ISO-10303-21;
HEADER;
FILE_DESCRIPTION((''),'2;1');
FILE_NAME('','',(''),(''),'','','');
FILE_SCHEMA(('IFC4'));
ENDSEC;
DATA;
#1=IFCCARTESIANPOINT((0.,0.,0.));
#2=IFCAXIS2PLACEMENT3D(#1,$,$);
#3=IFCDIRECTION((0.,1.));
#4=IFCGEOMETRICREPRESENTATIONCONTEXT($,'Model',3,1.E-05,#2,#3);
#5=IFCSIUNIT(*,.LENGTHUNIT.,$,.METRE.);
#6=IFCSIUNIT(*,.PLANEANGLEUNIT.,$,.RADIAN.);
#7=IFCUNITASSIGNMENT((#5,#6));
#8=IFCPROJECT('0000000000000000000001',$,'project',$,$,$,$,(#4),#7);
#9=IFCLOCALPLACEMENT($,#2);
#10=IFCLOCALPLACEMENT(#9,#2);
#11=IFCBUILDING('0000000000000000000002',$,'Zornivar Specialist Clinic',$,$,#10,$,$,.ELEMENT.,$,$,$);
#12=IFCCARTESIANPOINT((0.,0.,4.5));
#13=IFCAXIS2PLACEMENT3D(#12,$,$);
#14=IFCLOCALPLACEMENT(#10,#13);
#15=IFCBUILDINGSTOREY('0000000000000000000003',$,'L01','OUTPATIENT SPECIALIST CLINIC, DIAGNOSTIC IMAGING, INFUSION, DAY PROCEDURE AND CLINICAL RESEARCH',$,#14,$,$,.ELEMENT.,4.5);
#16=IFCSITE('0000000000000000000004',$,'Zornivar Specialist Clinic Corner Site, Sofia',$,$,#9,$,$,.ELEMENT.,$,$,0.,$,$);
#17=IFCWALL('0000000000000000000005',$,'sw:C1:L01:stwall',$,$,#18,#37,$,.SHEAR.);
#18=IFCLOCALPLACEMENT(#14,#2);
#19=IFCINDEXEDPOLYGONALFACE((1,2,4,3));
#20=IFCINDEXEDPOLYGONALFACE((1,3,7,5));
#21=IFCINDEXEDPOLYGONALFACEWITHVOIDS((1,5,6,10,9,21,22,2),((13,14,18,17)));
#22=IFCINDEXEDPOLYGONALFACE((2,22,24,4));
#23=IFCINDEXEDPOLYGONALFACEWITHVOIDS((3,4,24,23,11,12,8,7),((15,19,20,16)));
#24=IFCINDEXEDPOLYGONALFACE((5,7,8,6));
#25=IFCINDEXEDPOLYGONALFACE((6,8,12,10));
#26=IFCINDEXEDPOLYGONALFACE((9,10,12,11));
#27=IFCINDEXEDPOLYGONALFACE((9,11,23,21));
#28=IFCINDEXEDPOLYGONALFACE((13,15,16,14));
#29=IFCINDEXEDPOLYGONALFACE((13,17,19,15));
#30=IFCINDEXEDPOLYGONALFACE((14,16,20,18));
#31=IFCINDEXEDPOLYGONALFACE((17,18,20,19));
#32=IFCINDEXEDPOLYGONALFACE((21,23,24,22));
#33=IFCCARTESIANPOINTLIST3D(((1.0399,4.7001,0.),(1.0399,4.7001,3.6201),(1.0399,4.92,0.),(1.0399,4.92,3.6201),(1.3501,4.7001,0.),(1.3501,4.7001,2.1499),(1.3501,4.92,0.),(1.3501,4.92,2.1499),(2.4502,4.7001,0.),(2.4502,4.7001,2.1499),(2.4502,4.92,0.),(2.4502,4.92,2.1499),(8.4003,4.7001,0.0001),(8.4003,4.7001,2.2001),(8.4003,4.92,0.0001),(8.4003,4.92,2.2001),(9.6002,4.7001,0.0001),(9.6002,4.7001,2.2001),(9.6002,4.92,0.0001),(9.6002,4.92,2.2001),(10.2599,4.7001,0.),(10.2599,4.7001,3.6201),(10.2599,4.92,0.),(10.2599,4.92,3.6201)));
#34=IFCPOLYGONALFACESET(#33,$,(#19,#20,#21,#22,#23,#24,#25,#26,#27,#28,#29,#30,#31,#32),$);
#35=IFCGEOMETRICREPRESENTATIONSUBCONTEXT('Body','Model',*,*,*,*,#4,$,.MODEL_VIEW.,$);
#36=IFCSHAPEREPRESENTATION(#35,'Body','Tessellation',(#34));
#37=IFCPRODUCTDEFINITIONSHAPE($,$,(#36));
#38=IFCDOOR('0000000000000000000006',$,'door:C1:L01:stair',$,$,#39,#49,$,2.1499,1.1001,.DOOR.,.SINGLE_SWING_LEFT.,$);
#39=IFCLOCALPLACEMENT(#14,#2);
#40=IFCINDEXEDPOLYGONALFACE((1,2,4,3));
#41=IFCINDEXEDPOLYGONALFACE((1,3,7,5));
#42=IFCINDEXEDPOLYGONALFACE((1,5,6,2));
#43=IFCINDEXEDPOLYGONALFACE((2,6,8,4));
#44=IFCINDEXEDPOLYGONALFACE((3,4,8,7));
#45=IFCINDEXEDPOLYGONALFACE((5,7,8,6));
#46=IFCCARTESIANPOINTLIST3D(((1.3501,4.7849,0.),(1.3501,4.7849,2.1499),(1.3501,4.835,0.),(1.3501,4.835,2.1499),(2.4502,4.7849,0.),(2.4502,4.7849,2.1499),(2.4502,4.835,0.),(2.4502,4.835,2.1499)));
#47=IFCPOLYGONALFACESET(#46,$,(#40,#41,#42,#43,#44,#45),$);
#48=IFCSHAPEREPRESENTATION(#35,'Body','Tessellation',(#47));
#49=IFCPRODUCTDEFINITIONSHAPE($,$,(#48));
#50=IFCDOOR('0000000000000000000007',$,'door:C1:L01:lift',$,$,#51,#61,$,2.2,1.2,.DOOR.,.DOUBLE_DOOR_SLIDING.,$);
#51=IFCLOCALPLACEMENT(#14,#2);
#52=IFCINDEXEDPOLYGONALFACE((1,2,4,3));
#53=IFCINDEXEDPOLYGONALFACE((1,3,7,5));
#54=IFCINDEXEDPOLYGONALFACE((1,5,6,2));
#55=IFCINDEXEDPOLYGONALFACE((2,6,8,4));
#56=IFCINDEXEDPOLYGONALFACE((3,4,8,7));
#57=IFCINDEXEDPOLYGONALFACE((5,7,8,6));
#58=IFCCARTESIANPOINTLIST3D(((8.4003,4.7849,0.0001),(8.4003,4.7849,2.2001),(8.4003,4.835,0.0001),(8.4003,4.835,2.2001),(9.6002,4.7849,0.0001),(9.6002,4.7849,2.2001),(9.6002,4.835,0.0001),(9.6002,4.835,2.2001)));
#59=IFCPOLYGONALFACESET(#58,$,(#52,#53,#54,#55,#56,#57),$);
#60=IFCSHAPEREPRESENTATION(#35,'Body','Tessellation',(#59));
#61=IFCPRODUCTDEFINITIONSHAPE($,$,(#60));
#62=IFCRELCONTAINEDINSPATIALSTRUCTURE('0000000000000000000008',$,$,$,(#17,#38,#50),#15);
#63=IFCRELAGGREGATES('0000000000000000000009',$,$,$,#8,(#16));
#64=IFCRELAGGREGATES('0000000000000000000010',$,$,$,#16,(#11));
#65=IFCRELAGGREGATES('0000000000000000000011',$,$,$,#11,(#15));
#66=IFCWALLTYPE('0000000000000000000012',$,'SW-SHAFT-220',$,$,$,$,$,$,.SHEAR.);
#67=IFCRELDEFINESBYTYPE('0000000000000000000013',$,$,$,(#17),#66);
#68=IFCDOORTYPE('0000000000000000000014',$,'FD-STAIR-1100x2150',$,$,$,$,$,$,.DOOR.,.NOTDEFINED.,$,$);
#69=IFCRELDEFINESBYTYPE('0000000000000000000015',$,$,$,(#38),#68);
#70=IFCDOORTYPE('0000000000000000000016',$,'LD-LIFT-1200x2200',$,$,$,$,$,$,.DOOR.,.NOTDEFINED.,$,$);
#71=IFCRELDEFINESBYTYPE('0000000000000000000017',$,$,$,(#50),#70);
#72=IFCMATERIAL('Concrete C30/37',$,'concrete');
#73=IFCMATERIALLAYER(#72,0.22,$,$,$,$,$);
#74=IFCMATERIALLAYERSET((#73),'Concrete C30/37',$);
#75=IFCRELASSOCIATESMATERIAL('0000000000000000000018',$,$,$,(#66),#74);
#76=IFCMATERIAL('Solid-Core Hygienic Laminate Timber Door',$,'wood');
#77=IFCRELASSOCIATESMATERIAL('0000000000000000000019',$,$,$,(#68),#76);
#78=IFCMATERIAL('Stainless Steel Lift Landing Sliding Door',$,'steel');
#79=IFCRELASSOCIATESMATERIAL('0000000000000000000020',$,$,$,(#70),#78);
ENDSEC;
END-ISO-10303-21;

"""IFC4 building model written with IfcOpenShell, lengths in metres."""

from ifc_helpers import new_model, si_unit, direction, frame, frame_2d, origin, place, context, subcontext, project, spatial, rectangle, extrude, material, layer, layer_set, type_object, element, fill, save


model = new_model("IFC4")

# Units and contexts
model_context = context("Model", 3, precision=1e-05, world=origin(), true_north=direction((0.0, 1.0)))
body_context = subcontext(model_context, "Body", "Model", "MODEL_VIEW")
ifc_project = project(units=[si_unit("LENGTHUNIT", "METRE"), si_unit("PLANEANGLEUNIT", "RADIAN")], contexts=[model_context])

# Site, building, storey
site_placement = place(None, origin())
site = spatial("IfcSite", under=ifc_project, at=site_placement, Name="Zornivar Specialist Clinic Corner Site, Sofia", CompositionType="ELEMENT", RefElevation=0.0)
building_placement = place(site_placement, origin())
building = spatial("IfcBuilding", under=site, at=building_placement, Name="Zornivar Specialist Clinic", CompositionType="ELEMENT")
storey_placement = place(building_placement, frame((0.0, 0.0, 4.5)))
storey = spatial("IfcBuildingStorey", under=building, at=storey_placement, Name="L01", Description="OUTPATIENT SPECIALIST CLINIC, DIAGNOSTIC IMAGING, INFUSION, DAY PROCEDURE AND CLINICAL RESEARCH", CompositionType="ELEMENT", Elevation=4.5)

# Wall, openings, doors
ifc_material_1 = material(Name="Concrete C30/37", Category="concrete")
ifc_layer_1 = layer(ifc_material_1, 0.22)
ifc_layer_set_1 = layer_set([ifc_layer_1], Name="Concrete C30/37")
wall_type_1 = type_object("IfcWallType", Name="SW-SHAFT-220", PredefinedType="SHEAR", material=ifc_layer_set_1)
wall_1_placement = place(storey_placement, frame((1.04, 4.8101, 0.0), z_axis=(0.0, 0.0, 1.0), x_axis=(1.0, 0.0, 0.0)))
wall_1 = element("IfcWall", 1, at=wall_1_placement, inside=storey, type_object=wall_type_1, Name="sw:C1:L01:stwall", PredefinedType="SHEAR", context=body_context, shape_type="SweptSolid", body=[
    extrude(rectangle(XDim=9.22, YDim=0.22, at=frame_2d((4.6099, 0.0))), origin(), (0.0, 0.0, 1.0), 3.6201),
])
opening_1_placement = place(wall_1_placement, frame((0.3101, 0.0, 0.0)))
opening_1 = element("IfcOpeningElement", 2, at=opening_1_placement, cuts=wall_1, PredefinedType="OPENING", context=body_context, shape_type="SweptSolid", body=[
    extrude(rectangle(XDim=1.1001, YDim=2.1499, at=frame_2d((0.55, 1.075))), frame((0.0, 0.1199, 0.0), z_axis=(0.0, -1.0, 0.0), x_axis=(1.0, 0.0, 0.0)), (0.0, 0.0, 1.0), 0.24),
])
opening_2_placement = place(wall_1_placement, frame((7.3601, 0.0, 0.0)))
opening_2 = element("IfcOpeningElement", 3, at=opening_2_placement, cuts=wall_1, PredefinedType="OPENING", context=body_context, shape_type="SweptSolid", body=[
    extrude(rectangle(XDim=1.2, YDim=2.2, at=frame_2d((0.6001, 1.1001))), frame((0.0, 0.1199, 0.0), z_axis=(0.0, -1.0, 0.0), x_axis=(1.0, 0.0, 0.0)), (0.0, 0.0, 1.0), 0.24),
])
ifc_material_2 = material(Name="Solid-Core Hygienic Laminate Timber Door", Category="wood")
door_type_1 = type_object("IfcDoorType", Name="FD-STAIR-1100x2150", OperationType="NOTDEFINED", PredefinedType="DOOR", material=ifc_material_2)
door_1_placement = place(opening_1_placement, origin())
door_1 = element("IfcDoor", 4, at=door_1_placement, inside=storey, type_object=door_type_1, Name="door:C1:L01:stair", OperationType="SINGLE_SWING_LEFT", OverallHeight=2.1499, OverallWidth=1.1001, PredefinedType="DOOR", context=body_context, shape_type="SweptSolid", body=[
    extrude(rectangle(XDim=1.1001, YDim=2.1499, at=frame_2d((0.55, 1.075))), frame((0.0, 0.0249, 0.0), z_axis=(0.0, -1.0, 0.0), x_axis=(1.0, 0.0, 0.0)), (0.0, 0.0, 1.0), 0.05),
])
fill(opening_1, door_1)
ifc_material_3 = material(Name="Stainless Steel Lift Landing Sliding Door", Category="steel")
door_type_2 = type_object("IfcDoorType", Name="LD-LIFT-1200x2200", OperationType="NOTDEFINED", PredefinedType="DOOR", material=ifc_material_3)
door_2_placement = place(opening_2_placement, origin())
door_2 = element("IfcDoor", 5, at=door_2_placement, inside=storey, type_object=door_type_2, Name="door:C1:L01:lift", OperationType="DOUBLE_DOOR_SLIDING", OverallHeight=2.2, OverallWidth=1.2, PredefinedType="DOOR", context=body_context, shape_type="SweptSolid", body=[
    extrude(rectangle(XDim=1.2, YDim=2.2, at=frame_2d((0.6001, 1.1001))), frame((0.0, 0.0249, 0.0), z_axis=(0.0, -1.0, 0.0), x_axis=(1.0, 0.0, 0.0)), (0.0, 0.0, 1.0), 0.05),
])
fill(opening_2, door_2)

save(model, "model.ifc")
